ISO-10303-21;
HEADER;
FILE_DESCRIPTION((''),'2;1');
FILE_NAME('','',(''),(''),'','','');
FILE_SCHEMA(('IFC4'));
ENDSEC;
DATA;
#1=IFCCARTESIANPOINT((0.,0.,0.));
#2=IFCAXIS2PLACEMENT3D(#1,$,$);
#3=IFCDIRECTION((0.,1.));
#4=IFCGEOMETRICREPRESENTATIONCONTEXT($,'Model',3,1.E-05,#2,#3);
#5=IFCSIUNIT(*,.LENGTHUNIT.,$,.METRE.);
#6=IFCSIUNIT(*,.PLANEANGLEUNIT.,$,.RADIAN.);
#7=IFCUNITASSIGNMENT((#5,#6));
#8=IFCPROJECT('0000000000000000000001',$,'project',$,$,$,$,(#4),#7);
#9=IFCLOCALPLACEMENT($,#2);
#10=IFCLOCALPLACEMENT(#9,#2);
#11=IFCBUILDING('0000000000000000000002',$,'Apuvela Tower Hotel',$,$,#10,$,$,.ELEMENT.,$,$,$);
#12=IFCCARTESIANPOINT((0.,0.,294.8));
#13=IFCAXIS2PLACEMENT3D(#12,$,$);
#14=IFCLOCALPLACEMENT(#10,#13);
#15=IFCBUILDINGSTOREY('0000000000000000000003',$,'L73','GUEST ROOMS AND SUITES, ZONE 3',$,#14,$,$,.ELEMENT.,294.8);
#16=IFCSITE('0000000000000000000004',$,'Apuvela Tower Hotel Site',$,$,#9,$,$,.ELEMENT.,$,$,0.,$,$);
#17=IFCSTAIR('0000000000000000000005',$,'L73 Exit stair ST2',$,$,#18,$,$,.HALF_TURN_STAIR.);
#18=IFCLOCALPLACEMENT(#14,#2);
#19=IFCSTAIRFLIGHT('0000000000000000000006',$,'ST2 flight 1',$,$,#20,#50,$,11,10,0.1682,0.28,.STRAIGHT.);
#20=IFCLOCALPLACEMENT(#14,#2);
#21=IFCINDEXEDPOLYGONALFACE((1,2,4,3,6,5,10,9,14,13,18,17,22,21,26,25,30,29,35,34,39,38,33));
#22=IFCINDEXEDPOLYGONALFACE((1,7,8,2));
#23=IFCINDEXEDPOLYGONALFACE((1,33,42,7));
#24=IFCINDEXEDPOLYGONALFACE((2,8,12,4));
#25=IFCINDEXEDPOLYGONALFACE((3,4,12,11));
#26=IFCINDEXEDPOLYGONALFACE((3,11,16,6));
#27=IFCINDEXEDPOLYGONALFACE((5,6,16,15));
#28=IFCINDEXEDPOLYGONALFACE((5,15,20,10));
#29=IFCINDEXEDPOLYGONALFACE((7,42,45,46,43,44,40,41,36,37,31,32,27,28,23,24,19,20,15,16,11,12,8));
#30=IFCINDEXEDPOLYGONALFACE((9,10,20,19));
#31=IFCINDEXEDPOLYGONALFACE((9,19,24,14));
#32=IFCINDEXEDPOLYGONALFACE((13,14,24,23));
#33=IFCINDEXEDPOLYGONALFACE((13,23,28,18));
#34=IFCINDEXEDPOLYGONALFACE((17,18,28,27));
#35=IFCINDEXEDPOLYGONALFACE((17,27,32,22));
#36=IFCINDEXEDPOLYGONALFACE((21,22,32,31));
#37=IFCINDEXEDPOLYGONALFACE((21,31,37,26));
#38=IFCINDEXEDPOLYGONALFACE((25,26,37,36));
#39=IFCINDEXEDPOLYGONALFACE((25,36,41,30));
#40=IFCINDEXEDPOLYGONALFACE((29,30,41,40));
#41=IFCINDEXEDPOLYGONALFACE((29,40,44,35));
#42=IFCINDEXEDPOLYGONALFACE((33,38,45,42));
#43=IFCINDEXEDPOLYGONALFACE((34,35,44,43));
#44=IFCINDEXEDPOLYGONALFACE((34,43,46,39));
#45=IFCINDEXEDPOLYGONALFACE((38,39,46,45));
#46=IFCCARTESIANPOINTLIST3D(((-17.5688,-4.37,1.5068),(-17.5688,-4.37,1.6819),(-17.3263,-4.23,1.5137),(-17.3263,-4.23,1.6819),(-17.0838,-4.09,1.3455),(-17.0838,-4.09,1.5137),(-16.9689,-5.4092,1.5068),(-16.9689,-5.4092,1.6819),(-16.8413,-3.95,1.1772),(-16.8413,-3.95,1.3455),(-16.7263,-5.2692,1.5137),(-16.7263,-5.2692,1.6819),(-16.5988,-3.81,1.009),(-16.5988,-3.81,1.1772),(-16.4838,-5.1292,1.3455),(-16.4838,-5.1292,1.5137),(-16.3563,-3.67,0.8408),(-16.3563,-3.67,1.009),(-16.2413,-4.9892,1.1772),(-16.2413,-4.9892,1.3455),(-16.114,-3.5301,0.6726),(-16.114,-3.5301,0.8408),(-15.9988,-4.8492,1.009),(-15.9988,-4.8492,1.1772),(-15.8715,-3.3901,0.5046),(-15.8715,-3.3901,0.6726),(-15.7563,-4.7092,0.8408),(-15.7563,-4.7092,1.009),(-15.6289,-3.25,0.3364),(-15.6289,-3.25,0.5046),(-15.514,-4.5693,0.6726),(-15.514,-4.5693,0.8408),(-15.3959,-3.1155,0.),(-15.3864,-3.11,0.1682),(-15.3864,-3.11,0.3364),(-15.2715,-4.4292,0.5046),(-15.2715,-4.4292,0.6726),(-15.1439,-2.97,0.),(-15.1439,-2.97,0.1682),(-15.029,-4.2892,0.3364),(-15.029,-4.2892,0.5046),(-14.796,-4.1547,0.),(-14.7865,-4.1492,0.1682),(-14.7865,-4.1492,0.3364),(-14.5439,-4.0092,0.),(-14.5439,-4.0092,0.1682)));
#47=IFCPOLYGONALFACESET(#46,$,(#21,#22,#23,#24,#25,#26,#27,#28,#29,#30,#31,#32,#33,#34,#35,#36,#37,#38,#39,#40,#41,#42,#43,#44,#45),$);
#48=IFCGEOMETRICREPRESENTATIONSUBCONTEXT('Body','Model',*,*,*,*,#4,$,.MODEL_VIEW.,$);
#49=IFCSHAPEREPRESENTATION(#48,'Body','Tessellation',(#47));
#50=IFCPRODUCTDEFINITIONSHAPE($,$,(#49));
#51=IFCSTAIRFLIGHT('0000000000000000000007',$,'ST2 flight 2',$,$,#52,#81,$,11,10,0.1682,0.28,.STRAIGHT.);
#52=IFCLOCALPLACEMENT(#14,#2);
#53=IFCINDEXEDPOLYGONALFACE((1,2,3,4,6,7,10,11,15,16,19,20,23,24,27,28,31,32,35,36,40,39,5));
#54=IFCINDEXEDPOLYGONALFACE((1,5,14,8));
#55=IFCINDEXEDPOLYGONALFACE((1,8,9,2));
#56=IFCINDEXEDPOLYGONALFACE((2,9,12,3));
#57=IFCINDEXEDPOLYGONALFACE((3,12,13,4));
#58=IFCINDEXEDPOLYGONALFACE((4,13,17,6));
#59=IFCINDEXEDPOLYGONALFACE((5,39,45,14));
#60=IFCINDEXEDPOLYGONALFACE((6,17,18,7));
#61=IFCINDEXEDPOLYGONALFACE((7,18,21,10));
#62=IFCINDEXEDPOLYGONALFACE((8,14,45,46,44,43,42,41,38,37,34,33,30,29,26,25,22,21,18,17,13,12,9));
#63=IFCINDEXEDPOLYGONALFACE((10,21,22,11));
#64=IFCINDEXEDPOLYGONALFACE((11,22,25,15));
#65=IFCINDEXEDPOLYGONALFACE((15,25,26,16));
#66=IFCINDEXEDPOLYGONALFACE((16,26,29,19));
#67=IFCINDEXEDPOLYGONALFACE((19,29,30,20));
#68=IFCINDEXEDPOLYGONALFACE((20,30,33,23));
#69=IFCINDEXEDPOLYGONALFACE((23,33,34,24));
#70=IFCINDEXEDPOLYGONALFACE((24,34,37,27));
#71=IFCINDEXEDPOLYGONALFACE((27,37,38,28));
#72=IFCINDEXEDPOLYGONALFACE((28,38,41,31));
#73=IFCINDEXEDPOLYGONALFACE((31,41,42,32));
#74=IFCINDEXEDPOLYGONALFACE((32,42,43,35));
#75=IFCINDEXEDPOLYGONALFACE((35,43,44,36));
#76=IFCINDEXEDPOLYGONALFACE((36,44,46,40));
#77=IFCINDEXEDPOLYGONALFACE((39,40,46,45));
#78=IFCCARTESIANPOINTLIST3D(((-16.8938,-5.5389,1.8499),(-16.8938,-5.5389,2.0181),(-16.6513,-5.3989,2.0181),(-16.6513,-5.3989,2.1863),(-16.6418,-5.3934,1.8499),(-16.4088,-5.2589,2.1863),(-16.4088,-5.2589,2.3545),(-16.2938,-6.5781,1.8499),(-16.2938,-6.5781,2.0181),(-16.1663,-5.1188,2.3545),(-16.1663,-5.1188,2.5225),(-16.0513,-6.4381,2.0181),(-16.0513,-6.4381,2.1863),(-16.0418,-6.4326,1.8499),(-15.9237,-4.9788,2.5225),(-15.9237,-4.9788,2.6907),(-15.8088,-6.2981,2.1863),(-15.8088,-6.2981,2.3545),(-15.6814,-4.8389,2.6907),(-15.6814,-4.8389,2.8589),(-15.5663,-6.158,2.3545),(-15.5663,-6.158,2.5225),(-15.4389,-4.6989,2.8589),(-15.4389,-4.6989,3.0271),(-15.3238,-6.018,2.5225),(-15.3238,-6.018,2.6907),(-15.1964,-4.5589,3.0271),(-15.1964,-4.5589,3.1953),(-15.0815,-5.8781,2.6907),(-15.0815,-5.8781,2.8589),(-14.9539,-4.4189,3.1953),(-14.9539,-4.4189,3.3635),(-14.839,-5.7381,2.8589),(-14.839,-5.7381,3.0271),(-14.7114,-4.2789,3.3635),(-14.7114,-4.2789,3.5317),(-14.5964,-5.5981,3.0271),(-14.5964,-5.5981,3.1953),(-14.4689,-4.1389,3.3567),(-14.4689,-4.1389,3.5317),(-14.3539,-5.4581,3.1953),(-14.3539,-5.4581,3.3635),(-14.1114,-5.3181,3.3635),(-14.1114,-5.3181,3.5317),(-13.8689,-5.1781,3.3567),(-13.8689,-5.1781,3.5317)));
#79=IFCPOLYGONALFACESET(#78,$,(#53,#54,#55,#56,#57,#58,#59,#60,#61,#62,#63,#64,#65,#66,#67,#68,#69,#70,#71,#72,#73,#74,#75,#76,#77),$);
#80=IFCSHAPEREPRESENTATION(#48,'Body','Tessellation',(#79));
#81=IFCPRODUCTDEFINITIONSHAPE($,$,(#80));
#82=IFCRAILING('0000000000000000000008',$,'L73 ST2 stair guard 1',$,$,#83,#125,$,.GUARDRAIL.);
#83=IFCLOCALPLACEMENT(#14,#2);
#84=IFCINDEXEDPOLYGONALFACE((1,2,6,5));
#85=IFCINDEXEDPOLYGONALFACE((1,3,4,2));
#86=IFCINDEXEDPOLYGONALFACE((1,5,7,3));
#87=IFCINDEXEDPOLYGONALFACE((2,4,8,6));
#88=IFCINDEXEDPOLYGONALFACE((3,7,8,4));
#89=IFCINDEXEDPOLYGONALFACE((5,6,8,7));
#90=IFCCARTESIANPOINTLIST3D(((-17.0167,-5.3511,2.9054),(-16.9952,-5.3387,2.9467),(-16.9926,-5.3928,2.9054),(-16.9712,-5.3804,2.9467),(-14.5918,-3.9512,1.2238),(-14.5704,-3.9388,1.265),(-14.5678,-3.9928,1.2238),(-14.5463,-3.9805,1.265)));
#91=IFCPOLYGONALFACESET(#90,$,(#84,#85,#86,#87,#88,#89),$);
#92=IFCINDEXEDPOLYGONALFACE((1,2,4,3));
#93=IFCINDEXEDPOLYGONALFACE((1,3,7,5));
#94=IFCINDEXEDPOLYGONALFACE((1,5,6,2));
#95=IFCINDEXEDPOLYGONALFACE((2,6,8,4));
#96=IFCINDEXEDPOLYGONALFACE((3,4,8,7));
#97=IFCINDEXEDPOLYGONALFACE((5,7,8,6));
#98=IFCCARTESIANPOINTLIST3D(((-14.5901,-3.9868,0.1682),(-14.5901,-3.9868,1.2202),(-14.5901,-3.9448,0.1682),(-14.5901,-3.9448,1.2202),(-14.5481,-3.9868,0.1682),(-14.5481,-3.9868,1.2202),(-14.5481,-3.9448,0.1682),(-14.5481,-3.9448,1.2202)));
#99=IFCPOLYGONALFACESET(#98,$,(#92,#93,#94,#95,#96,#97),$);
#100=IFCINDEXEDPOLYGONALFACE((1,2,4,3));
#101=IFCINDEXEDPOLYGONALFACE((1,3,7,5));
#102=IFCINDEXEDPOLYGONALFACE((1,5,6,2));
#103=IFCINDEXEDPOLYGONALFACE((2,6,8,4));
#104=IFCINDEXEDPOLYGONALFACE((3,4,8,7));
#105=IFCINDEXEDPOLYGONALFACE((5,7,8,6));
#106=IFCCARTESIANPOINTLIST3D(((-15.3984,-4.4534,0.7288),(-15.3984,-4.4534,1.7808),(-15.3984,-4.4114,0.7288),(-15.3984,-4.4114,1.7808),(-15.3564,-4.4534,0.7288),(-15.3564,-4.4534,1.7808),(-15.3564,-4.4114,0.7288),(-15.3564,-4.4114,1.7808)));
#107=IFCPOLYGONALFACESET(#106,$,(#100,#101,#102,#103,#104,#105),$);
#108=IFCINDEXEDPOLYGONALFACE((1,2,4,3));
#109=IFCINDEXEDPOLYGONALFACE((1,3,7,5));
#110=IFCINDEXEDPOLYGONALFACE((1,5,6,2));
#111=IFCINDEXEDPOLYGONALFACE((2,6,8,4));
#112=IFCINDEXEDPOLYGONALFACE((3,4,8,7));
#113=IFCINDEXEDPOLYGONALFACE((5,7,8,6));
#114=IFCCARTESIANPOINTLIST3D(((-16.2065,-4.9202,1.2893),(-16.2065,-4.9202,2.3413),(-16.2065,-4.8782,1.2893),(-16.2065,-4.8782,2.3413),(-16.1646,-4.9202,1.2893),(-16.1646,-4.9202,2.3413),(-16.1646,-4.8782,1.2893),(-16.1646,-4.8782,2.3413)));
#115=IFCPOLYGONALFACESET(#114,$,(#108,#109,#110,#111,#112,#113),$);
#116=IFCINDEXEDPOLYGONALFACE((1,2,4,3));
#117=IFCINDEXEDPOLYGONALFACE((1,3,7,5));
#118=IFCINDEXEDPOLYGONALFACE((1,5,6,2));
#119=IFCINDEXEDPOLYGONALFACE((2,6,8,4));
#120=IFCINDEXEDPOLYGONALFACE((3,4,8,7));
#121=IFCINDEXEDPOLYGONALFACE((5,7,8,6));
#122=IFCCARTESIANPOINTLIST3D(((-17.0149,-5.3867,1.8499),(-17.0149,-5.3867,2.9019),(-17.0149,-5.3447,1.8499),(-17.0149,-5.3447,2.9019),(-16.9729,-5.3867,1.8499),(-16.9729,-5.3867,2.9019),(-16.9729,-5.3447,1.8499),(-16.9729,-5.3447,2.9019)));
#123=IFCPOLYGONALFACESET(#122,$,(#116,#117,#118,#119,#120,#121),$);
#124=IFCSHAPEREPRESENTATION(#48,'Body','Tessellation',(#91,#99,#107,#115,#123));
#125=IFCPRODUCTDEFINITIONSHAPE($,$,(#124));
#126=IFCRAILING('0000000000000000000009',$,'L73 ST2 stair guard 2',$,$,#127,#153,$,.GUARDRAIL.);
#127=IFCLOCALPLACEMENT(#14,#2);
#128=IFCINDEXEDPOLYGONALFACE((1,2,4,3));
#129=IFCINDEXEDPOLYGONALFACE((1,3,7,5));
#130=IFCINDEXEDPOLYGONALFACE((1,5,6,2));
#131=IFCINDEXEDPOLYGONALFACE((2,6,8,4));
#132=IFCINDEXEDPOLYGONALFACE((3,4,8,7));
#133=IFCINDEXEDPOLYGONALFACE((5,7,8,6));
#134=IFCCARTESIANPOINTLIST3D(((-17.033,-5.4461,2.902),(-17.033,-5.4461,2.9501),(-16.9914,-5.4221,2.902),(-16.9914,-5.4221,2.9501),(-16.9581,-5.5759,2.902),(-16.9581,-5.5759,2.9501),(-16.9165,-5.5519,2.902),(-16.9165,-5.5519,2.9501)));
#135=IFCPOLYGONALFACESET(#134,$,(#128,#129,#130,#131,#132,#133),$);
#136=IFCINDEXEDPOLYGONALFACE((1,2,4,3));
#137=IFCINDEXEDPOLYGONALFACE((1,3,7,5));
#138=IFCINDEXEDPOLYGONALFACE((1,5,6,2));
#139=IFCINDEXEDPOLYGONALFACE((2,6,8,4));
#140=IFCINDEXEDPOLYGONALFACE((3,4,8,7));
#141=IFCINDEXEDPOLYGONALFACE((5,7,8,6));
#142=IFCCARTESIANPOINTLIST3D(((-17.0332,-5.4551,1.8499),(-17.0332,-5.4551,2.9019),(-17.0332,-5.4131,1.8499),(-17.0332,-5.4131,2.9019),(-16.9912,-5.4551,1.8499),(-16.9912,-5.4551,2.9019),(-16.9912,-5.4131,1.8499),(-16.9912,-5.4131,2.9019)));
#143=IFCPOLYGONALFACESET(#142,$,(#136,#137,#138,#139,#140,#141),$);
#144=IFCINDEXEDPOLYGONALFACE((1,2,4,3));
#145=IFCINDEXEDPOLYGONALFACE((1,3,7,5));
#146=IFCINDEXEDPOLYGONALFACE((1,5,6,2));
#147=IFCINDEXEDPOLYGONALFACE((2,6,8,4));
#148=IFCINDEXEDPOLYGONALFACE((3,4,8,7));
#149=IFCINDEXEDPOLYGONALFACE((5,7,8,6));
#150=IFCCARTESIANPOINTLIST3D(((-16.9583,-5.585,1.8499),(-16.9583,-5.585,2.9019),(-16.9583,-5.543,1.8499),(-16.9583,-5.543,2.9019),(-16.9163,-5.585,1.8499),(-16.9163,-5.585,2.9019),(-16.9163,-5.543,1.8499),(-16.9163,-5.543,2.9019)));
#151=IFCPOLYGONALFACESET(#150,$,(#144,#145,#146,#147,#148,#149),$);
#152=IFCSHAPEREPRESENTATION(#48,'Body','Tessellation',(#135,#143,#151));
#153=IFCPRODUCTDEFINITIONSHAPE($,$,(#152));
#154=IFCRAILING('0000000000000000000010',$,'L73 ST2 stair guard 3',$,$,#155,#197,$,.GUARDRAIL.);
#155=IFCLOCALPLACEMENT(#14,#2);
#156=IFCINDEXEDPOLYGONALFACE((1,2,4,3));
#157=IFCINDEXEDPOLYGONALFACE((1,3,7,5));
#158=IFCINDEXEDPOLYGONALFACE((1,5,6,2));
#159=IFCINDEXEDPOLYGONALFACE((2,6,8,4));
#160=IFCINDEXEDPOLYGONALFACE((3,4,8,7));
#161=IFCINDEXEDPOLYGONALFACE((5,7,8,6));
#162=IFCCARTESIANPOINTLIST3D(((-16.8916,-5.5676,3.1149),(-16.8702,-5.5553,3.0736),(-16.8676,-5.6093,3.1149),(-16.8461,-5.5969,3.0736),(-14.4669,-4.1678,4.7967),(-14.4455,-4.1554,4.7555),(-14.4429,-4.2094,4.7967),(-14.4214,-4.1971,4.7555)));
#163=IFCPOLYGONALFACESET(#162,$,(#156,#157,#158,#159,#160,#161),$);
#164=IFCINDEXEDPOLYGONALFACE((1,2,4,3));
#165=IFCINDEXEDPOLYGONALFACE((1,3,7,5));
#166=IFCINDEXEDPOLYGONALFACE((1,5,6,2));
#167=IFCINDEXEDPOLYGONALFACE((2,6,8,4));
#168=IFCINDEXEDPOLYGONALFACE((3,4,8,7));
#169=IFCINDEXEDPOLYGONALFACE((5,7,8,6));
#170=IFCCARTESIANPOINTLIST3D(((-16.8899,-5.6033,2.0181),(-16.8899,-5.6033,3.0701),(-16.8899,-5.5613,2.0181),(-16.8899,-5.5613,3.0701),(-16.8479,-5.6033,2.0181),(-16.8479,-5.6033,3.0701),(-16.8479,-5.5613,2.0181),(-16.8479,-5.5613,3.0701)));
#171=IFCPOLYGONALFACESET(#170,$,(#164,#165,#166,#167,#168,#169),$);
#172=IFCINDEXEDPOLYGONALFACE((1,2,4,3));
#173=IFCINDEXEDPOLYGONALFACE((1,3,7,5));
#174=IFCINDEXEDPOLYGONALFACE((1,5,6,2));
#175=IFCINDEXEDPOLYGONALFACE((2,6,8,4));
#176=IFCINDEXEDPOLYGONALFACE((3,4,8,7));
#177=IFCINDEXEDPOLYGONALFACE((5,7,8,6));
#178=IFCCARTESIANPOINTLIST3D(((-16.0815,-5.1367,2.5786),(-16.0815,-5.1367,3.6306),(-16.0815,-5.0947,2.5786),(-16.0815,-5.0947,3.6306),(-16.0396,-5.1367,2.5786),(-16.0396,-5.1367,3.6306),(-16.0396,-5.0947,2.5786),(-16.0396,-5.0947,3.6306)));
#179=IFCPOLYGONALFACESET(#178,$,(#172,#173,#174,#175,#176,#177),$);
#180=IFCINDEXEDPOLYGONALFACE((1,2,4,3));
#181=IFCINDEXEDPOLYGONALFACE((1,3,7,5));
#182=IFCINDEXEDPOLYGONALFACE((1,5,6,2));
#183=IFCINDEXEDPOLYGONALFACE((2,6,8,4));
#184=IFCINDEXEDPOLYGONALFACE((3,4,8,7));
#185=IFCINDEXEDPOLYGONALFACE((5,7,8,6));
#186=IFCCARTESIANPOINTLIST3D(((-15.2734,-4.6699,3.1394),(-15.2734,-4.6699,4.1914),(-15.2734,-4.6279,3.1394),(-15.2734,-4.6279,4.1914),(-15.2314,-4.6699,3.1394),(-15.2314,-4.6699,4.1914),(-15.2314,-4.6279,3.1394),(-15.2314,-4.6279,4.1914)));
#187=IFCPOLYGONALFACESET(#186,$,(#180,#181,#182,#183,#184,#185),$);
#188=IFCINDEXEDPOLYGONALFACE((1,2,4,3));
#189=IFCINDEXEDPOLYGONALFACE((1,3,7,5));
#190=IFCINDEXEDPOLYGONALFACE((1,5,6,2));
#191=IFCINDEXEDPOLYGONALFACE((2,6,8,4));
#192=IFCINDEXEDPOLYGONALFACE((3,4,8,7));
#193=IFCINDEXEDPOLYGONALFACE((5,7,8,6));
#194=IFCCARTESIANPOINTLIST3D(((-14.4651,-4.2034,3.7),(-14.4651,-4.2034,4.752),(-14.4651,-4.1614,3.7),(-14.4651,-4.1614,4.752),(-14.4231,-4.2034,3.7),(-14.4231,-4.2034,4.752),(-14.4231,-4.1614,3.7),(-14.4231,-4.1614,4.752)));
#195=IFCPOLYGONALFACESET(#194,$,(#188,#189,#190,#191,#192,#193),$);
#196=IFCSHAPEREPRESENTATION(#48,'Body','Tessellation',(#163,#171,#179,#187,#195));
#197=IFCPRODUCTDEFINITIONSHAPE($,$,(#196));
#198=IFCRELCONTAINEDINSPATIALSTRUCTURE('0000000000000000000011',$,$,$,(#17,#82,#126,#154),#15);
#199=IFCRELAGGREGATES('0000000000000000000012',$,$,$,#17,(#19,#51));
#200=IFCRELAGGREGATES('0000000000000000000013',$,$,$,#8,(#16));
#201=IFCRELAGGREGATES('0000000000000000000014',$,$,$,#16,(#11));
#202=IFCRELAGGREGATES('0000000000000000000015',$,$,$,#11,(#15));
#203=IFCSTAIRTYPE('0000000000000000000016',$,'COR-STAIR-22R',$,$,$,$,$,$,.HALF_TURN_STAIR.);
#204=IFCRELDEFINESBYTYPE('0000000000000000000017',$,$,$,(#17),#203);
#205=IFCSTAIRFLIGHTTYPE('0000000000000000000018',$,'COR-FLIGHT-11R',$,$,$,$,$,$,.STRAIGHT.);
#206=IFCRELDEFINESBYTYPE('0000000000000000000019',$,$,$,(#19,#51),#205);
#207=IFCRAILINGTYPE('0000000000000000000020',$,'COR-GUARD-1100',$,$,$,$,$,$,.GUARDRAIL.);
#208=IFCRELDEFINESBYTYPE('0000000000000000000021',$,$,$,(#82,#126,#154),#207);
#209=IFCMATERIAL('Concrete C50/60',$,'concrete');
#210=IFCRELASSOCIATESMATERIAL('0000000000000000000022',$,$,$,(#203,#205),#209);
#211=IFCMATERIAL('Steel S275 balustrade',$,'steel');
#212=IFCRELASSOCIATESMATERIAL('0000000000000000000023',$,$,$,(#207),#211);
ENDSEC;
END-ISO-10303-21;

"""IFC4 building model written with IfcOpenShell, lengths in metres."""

from ifc_helpers import new_model, si_unit, direction, frame, origin, origin_2d, place, context, subcontext, project, spatial, polyline, rectangle, outline, extrude, material, type_object, element, aggregate, save


model = new_model("IFC4")

# Units and contexts
model_context = context("Model", 3, precision=1e-05, world=origin(), true_north=direction((0.0, 1.0)))
body_context = subcontext(model_context, "Body", "Model", "MODEL_VIEW")
ifc_project = project(units=[si_unit("LENGTHUNIT", "METRE"), si_unit("PLANEANGLEUNIT", "RADIAN")], contexts=[model_context])

# Site, building, storey
site_placement = place(None, origin())
site = spatial("IfcSite", under=ifc_project, at=site_placement, Name="Apuvela Tower Hotel Site", CompositionType="ELEMENT", RefElevation=0.0)
building_placement = place(site_placement, origin())
building = spatial("IfcBuilding", under=site, at=building_placement, Name="Apuvela Tower Hotel", CompositionType="ELEMENT")
storey_placement = place(building_placement, frame((0.0, 0.0, 294.8)))
storey = spatial("IfcBuildingStorey", under=building, at=storey_placement, Name="L73", Description="GUEST ROOMS AND SUITES, ZONE 3", CompositionType="ELEMENT", Elevation=294.8)

# Shared definitions
ifc_material_1 = material(Name="Concrete C50/60", Category="concrete")

# Stair, stair flights
stair_type = type_object("IfcStairType", Name="COR-STAIR-22R", PredefinedType="HALF_TURN_STAIR", material=ifc_material_1)
stair_placement = place(storey_placement, origin())
stair = element("IfcStair", 1, at=stair_placement, inside=storey, type_object=stair_type, Name="L73 Exit stair ST2", PredefinedType="HALF_TURN_STAIR")
stair_flight_type = type_object("IfcStairFlightType", Name="COR-FLIGHT-11R", PredefinedType="STRAIGHT", material=ifc_material_1)
stair_flight_1_placement = place(storey_placement, frame((-14.844, -3.4895, 0.0), z_axis=(0.0, 0.0, 1.0), x_axis=(-0.866025, -0.5, 0.0)))
stair_flight_1 = element("IfcStairFlight", 2, at=stair_flight_1_placement, type_object=stair_flight_type, Name="ST2 flight 1", NumberOfRisers=11, NumberOfTreads=10, PredefinedType="STRAIGHT", RiserHeight=0.1682, TreadLength=0.28, context=body_context, shape_type="SweptSolid", body=[
    extrude(outline(polyline([(0.0, 0.0), (0.0, 0.1682), (0.28, 0.1682), (0.28, 0.3364), (0.5601, 0.3364), (0.5601, 0.5046), (0.8401, 0.5046), (0.8401, 0.6726), (1.1201, 0.6726), (1.1201, 0.8408), (1.3999, 0.8408), (1.3999, 1.009), (1.6799, 1.009), (1.6799, 1.1772), (1.96, 1.1772), (1.96, 1.3455), (2.24, 1.3455), (2.24, 1.5137), (2.52, 1.5137), (2.52, 1.6819), (2.8, 1.6819), (2.8, 1.8501), (2.8, 1.5068), (0.291, 0.0), (0.0, 0.0)])), frame((0.0, 0.6001, 0.0), z_axis=(0.0, -1.0, 0.0), x_axis=(1.0, 0.0, 0.0)), (0.0, 0.0, 1.0), 1.2),
])
stair_flight_2_placement = place(storey_placement, frame((-16.5938, -6.0586, 1.8499), z_axis=(0.0, 0.0, 1.0), x_axis=(0.866025, 0.5, 0.0)))
stair_flight_2 = element("IfcStairFlight", 3, at=stair_flight_2_placement, type_object=stair_flight_type, Name="ST2 flight 2", NumberOfRisers=11, NumberOfTreads=10, PredefinedType="STRAIGHT", RiserHeight=0.1682, TreadLength=0.28, context=body_context, shape_type="SweptSolid", body=[
    extrude(outline(polyline([(0.0, 0.0), (0.0, 0.1682), (0.28, 0.1682), (0.28, 0.3364), (0.5601, 0.3364), (0.5601, 0.5046), (0.8401, 0.5046), (0.8401, 0.6726), (1.1201, 0.6726), (1.1201, 0.8408), (1.3999, 0.8408), (1.3999, 1.009), (1.6799, 1.009), (1.6799, 1.1772), (1.96, 1.1772), (1.96, 1.3455), (2.24, 1.3455), (2.24, 1.5137), (2.52, 1.5137), (2.52, 1.6819), (2.8, 1.6819), (2.8, 1.8501), (2.8, 1.5068), (0.291, 0.0), (0.0, 0.0)])), frame((0.0, 0.6001, 0.0), z_axis=(0.0, -1.0, 0.0), x_axis=(1.0, 0.0, 0.0)), (0.0, 0.0, 1.0), 1.2),
])
aggregate(stair, [stair_flight_1, stair_flight_2])

# Railings
ifc_material_2 = material(Name="Steel S275 balustrade", Category="steel")
railing_type_1 = type_object("IfcRailingType", Name="COR-GUARD-1100", PredefinedType="GUARDRAIL", material=ifc_material_2)
railing_1_placement = place(storey_placement, frame((-14.5691, -3.9658, 0.1682)))
element("IfcRailing", 4, at=railing_1_placement, inside=storey, type_object=railing_type_1, Name="L73 ST2 stair guard 1", PredefinedType="GUARDRAIL", context=body_context, shape_type="SweptSolid", body=[
    extrude(rectangle(XDim=0.0481, YDim=0.0481, at=origin_2d()), frame((0.0, 0.0, 1.0762), z_axis=(-0.742419, -0.428618, 0.514879), x_axis=(0.499984, -0.866035, 0.0)), (0.0, 0.0, 1.0), 3.2661),
    extrude(rectangle(XDim=0.042, YDim=0.042, at=origin_2d()), origin(), (0.0, 0.0, 1.0), 1.052),
    extrude(rectangle(XDim=0.042, YDim=0.042, at=origin_2d()), frame((-0.8083, -0.4666, 0.5605)), (0.0, 0.0, 1.0), 1.052),
    extrude(rectangle(XDim=0.042, YDim=0.042, at=origin_2d()), frame((-1.6165, -0.9333, 1.1211)), (0.0, 0.0, 1.0), 1.052),
    extrude(rectangle(XDim=0.042, YDim=0.042, at=origin_2d()), frame((-2.4248, -1.3999, 1.6816)), (0.0, 0.0, 1.0), 1.052),
])
railing_2_placement = place(storey_placement, frame((-17.0122, -5.4341, 1.8499)))
element("IfcRailing", 5, at=railing_2_placement, inside=storey, type_object=railing_type_1, Name="L73 ST2 stair guard 2", PredefinedType="GUARDRAIL", context=body_context, shape_type="SweptSolid", body=[
    extrude(rectangle(XDim=0.0481, YDim=0.0481, at=origin_2d()), frame((0.0, 0.0, 1.0762), z_axis=(0.499816, -0.866131, 0.0), x_axis=(0.866131, 0.499816, 0.0)), (0.0, 0.0, 1.0), 0.1499),
    extrude(rectangle(XDim=0.042, YDim=0.042, at=origin_2d()), origin(), (0.0, 0.0, 1.0), 1.052),
    extrude(rectangle(XDim=0.042, YDim=0.042, at=origin_2d()), frame((0.075, -0.1299, 0.0)), (0.0, 0.0, 1.0), 1.052),
])
railing_3_placement = place(storey_placement, frame((-16.8689, -5.5823, 2.0181)))
element("IfcRailing", 6, at=railing_3_placement, inside=storey, type_object=railing_type_1, Name="L73 ST2 stair guard 3", PredefinedType="GUARDRAIL", context=body_context, shape_type="SweptSolid", body=[
    extrude(rectangle(XDim=0.0481, YDim=0.0481, at=origin_2d()), frame((0.0, 0.0, 1.0762), z_axis=(0.74239, 0.428601, 0.514934), x_axis=(-0.499984, 0.866035, 0.0)), (0.0, 0.0, 1.0), 3.2661),
    extrude(rectangle(XDim=0.042, YDim=0.042, at=origin_2d()), origin(), (0.0, 0.0, 1.0), 1.052),
    extrude(rectangle(XDim=0.042, YDim=0.042, at=origin_2d()), frame((0.8083, 0.4666, 0.5605)), (0.0, 0.0, 1.0), 1.052),
    extrude(rectangle(XDim=0.042, YDim=0.042, at=origin_2d()), frame((1.6165, 0.9333, 1.1213)), (0.0, 0.0, 1.0), 1.052),
    extrude(rectangle(XDim=0.042, YDim=0.042, at=origin_2d()), frame((2.4248, 1.3999, 1.6819)), (0.0, 0.0, 1.0), 1.052),
])

save(model, "model.ifc")
